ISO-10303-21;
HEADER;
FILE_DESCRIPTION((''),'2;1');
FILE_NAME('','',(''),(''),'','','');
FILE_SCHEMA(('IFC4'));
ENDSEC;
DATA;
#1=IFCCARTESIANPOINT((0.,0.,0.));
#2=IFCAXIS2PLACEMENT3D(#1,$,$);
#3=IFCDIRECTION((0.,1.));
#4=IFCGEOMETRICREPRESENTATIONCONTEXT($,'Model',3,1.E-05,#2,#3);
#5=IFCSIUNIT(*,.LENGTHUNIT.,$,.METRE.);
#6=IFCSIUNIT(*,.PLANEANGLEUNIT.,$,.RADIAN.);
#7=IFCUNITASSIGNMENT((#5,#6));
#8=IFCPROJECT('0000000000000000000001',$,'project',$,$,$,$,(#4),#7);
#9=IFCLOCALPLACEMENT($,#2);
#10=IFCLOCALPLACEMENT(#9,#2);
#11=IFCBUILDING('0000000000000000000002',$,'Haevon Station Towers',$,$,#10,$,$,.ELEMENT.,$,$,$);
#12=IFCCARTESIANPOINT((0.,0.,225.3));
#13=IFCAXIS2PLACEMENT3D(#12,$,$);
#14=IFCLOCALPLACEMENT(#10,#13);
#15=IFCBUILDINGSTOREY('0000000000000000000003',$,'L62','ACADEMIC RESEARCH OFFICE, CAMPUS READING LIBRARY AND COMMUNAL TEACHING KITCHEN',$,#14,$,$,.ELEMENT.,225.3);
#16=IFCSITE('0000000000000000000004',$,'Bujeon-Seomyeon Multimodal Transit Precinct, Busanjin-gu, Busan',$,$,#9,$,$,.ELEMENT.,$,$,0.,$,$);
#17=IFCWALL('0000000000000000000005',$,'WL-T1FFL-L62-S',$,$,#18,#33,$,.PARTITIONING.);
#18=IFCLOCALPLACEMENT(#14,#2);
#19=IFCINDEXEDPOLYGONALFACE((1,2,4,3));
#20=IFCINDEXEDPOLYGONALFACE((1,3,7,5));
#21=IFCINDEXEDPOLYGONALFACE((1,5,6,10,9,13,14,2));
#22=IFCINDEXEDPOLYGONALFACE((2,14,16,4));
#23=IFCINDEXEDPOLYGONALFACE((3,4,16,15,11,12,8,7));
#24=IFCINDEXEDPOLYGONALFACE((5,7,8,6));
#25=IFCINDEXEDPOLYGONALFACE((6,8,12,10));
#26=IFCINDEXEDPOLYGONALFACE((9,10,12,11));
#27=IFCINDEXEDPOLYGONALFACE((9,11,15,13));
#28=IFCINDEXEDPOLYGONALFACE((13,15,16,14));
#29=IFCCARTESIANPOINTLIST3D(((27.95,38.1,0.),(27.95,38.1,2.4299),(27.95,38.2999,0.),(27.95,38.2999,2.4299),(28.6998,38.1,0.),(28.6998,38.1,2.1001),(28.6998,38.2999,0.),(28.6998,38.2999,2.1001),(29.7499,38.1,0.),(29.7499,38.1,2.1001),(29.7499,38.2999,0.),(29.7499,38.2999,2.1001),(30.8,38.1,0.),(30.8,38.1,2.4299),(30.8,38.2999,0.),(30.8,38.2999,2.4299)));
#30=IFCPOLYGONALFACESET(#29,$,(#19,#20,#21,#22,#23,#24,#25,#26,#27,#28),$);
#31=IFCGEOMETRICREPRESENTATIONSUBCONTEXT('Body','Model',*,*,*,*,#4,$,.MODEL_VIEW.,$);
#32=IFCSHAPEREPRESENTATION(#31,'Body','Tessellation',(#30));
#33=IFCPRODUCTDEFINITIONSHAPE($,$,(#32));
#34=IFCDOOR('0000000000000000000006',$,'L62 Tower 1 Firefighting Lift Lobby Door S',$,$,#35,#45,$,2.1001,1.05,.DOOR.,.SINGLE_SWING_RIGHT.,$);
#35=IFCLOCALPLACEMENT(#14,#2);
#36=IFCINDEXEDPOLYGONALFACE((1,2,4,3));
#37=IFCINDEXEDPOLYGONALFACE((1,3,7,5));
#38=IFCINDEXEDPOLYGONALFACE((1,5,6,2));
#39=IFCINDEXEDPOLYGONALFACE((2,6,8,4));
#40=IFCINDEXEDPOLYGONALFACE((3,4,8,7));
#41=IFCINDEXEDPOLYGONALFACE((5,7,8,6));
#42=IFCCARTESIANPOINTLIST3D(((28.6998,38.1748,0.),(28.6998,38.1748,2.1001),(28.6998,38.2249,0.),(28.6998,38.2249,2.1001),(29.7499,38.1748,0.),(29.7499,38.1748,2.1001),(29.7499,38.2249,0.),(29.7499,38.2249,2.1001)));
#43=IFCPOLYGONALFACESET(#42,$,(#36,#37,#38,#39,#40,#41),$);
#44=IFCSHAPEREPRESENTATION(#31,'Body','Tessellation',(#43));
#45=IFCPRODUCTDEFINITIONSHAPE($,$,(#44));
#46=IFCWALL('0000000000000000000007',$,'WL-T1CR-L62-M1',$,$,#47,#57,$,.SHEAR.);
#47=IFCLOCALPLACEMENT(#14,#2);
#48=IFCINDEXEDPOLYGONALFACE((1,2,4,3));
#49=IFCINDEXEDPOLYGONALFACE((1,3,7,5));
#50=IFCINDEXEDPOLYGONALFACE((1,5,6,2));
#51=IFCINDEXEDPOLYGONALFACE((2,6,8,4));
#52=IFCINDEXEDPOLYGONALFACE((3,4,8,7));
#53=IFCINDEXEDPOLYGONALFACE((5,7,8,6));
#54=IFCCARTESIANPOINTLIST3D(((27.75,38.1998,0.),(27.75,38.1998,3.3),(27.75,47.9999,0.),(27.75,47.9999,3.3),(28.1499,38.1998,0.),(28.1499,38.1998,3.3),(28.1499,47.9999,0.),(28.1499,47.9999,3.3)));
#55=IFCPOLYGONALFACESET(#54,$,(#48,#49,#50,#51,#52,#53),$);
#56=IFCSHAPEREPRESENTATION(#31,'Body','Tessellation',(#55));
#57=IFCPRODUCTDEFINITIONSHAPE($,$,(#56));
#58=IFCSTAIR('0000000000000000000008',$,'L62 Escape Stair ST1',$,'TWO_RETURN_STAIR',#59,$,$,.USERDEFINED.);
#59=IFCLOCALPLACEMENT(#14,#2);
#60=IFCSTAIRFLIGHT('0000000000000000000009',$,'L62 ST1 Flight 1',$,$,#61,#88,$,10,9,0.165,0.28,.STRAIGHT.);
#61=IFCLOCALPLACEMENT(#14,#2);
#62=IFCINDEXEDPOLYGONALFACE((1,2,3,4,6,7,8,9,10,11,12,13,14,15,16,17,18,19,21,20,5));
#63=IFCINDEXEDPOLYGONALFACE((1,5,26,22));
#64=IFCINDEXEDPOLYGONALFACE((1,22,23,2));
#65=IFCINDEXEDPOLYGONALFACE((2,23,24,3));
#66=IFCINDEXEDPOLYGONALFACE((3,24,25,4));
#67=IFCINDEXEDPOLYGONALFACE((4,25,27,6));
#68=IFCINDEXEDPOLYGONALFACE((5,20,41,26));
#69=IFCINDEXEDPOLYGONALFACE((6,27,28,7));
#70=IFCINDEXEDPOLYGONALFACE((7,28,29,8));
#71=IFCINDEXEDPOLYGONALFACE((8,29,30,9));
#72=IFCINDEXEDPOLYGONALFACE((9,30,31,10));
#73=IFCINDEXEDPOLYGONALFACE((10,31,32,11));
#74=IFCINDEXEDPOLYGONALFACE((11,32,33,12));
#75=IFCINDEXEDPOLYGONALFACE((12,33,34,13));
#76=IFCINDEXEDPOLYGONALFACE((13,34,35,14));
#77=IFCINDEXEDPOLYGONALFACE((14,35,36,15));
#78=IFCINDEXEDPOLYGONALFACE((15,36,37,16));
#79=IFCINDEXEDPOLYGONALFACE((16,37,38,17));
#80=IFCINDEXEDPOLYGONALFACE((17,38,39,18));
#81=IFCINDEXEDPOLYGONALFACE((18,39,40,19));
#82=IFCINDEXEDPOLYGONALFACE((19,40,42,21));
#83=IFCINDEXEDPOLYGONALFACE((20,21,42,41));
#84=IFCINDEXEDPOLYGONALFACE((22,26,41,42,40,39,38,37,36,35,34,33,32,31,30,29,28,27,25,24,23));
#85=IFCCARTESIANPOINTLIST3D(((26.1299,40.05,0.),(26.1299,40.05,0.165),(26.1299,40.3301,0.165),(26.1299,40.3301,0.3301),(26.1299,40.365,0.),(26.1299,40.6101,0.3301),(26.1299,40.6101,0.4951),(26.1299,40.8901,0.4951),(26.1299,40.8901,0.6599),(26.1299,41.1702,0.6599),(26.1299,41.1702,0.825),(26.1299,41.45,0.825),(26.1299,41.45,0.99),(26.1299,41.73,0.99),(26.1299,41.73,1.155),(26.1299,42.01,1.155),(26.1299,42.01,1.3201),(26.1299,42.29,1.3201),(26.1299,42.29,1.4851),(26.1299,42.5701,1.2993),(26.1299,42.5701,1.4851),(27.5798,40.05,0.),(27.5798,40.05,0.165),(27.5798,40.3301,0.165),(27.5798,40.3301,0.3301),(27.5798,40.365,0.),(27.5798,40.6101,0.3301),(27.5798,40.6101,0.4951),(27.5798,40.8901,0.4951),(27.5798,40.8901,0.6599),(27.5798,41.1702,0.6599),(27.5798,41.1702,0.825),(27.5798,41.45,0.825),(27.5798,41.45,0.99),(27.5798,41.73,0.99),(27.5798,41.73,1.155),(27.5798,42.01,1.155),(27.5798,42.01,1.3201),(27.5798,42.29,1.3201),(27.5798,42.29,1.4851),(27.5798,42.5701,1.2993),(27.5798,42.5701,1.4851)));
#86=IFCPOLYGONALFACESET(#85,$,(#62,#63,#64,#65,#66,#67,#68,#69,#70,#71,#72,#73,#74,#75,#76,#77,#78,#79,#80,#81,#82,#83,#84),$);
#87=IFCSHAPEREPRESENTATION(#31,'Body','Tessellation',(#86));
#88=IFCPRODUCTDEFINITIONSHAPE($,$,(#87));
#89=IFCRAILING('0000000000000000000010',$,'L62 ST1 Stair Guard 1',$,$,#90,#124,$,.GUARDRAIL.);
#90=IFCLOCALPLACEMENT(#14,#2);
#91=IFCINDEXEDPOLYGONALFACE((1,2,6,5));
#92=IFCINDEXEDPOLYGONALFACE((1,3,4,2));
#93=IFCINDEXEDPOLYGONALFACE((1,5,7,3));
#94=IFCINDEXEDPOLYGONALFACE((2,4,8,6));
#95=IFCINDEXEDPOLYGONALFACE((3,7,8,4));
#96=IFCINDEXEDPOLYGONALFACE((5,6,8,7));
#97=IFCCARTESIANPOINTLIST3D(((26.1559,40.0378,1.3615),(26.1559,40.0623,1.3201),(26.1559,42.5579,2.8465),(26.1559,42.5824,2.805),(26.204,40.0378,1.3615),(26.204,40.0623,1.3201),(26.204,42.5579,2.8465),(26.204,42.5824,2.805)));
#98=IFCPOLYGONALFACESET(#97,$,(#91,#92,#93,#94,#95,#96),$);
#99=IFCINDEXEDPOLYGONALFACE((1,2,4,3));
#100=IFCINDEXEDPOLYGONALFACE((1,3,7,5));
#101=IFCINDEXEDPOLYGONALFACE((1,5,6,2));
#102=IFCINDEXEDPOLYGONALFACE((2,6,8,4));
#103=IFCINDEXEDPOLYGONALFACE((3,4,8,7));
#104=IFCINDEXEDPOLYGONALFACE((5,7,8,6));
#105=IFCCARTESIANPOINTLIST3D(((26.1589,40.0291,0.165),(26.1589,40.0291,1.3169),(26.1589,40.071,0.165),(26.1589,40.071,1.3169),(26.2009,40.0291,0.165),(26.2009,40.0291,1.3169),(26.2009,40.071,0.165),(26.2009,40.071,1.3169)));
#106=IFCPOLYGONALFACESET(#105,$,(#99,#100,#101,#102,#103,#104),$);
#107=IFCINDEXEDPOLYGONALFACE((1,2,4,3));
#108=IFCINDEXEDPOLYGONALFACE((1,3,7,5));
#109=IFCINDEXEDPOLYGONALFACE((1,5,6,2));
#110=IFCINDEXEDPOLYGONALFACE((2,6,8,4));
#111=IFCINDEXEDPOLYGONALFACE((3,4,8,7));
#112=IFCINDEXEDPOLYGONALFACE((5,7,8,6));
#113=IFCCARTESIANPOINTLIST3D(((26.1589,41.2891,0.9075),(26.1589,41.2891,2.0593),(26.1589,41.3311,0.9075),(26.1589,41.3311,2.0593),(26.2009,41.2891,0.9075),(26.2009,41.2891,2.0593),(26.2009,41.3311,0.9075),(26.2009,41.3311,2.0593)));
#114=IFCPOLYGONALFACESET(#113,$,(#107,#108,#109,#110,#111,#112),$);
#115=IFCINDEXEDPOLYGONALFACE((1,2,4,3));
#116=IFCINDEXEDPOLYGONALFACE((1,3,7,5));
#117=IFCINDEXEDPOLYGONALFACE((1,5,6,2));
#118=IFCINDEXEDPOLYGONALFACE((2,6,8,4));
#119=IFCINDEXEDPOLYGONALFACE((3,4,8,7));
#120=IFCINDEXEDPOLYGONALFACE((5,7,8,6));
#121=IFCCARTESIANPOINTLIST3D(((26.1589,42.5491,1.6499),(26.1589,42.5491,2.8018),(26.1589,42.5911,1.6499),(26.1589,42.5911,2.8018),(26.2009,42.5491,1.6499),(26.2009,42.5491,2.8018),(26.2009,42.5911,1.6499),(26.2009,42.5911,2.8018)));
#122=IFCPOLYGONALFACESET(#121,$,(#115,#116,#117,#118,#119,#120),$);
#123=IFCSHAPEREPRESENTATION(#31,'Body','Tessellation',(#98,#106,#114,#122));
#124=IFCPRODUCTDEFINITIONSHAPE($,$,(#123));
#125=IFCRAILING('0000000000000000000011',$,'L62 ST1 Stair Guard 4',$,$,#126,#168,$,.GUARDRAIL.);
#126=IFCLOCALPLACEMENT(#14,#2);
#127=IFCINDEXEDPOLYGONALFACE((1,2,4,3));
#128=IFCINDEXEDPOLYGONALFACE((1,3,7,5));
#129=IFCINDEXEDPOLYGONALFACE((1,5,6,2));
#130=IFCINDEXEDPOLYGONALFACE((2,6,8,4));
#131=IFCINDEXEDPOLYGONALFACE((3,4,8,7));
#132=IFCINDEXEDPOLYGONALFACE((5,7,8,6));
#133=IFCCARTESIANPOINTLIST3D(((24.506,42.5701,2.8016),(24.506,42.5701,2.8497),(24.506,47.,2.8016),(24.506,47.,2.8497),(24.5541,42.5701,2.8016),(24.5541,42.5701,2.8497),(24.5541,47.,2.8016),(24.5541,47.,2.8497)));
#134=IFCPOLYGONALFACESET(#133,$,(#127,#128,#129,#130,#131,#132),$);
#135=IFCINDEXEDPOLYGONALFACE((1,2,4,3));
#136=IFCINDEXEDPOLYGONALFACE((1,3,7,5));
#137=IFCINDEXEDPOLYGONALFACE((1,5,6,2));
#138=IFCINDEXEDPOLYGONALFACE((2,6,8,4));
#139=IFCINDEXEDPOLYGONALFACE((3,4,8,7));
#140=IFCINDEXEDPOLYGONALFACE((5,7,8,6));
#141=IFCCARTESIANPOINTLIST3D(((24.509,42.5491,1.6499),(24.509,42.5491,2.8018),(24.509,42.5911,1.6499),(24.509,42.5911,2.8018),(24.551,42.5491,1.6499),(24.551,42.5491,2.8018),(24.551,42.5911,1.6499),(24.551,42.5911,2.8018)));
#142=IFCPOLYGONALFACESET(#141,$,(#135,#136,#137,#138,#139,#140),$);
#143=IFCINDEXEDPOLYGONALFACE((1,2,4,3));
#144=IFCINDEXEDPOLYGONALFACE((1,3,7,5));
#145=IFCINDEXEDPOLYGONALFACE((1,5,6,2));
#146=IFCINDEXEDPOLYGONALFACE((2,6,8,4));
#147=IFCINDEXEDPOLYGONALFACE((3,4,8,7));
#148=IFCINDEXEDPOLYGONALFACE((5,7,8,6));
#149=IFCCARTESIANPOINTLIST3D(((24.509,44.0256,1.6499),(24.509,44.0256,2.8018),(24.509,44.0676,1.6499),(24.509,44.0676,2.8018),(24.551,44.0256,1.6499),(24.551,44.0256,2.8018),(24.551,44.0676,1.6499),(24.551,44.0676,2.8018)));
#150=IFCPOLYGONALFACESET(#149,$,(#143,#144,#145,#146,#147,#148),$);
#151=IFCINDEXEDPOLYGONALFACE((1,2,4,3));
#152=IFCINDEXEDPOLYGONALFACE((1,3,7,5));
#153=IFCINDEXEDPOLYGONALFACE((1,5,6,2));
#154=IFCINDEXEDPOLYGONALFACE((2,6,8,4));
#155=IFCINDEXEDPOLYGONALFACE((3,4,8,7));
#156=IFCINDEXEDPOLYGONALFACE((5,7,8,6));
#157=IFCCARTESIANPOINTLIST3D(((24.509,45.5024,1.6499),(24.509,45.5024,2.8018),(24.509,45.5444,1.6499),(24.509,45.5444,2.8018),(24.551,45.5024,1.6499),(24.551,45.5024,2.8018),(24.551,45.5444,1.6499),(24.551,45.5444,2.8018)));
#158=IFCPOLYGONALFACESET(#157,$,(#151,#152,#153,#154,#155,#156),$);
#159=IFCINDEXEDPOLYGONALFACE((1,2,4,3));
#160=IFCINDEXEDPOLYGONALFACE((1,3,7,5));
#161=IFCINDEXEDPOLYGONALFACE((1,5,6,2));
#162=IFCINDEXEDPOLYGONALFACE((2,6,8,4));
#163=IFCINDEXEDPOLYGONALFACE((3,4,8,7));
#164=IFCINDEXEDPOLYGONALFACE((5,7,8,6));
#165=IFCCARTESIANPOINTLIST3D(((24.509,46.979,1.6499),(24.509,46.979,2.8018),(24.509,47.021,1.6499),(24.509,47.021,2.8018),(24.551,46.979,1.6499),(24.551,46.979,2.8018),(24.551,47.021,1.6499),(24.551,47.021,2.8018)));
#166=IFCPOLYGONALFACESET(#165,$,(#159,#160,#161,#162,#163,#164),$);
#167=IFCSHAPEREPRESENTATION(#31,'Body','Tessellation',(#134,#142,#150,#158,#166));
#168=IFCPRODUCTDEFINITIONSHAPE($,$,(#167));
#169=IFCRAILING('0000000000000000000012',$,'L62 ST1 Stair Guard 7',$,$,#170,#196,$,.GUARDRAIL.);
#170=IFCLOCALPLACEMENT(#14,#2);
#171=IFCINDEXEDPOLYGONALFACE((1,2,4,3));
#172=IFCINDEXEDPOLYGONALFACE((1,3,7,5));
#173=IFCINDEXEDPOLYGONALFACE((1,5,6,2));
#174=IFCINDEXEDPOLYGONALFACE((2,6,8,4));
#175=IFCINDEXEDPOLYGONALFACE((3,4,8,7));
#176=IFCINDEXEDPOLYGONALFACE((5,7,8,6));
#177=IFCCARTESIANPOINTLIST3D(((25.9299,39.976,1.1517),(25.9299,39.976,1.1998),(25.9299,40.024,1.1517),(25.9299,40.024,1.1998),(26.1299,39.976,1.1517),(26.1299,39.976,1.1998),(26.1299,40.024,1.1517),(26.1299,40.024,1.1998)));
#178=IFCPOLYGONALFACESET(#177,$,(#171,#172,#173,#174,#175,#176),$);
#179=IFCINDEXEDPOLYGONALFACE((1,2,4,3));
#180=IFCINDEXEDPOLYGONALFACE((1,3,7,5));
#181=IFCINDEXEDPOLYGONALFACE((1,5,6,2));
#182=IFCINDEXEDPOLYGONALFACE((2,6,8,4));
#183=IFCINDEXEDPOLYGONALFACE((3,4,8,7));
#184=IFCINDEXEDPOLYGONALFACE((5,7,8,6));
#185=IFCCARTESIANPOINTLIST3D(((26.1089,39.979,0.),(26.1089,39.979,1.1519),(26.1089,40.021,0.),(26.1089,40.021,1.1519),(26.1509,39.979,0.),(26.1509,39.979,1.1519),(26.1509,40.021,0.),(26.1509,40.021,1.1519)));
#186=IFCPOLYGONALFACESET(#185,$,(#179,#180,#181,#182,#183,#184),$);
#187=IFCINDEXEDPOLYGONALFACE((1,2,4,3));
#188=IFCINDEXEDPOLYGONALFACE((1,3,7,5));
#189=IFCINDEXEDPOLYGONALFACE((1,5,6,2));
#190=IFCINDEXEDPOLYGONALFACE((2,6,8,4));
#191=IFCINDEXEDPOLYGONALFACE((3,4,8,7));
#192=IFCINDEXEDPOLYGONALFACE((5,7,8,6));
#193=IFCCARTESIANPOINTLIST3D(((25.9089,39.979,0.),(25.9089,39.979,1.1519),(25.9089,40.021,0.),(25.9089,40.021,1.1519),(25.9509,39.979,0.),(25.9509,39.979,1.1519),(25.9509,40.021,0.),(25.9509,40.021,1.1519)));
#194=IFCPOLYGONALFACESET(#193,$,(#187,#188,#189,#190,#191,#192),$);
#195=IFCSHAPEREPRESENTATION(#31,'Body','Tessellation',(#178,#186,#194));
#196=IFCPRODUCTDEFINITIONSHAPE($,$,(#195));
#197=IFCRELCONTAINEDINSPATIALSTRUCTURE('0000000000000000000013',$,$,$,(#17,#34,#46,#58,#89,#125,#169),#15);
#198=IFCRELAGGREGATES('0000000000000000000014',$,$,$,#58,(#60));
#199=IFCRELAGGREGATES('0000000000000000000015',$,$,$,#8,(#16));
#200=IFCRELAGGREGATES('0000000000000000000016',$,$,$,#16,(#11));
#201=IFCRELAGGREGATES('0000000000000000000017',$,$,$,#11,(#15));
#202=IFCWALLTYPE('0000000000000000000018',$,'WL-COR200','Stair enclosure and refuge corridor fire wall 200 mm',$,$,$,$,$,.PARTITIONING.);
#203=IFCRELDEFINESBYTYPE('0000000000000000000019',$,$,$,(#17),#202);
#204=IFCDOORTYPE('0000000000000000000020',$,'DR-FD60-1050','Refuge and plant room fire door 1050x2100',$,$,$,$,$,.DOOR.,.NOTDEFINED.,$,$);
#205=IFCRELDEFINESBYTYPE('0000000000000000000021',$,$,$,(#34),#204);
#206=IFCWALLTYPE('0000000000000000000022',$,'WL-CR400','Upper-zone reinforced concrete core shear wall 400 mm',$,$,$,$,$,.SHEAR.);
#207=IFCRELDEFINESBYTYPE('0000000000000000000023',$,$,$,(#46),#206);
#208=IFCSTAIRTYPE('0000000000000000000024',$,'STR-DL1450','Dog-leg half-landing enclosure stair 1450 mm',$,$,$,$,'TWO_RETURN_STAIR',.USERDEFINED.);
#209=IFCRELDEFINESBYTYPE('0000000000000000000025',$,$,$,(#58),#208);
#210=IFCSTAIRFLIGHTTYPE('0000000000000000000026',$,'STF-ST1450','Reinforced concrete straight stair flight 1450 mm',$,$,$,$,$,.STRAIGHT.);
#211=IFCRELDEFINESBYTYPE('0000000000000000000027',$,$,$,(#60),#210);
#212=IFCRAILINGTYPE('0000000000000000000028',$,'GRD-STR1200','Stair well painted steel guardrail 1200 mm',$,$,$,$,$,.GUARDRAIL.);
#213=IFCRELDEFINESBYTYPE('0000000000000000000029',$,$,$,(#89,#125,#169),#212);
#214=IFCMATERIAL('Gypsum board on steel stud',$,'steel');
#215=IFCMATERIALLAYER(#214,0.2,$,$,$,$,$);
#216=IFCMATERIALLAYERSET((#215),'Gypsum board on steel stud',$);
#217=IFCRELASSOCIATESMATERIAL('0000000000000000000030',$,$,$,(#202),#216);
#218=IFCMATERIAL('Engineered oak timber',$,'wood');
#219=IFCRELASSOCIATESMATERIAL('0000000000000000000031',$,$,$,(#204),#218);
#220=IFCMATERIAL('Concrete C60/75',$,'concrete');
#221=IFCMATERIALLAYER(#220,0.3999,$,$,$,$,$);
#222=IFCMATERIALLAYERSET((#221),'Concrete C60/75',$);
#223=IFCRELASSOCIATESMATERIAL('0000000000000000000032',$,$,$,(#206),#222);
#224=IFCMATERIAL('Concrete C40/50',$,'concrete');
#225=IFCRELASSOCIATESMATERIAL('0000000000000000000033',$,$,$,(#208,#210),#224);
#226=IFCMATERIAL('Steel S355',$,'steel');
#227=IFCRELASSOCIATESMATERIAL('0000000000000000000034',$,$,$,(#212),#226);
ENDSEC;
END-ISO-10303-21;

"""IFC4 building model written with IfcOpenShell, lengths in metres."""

from ifc_helpers import new_model, si_unit, direction, frame, frame_2d, origin, origin_2d, place, context, subcontext, project, spatial, polyline, rectangle, outline, extrude, material, layer, layer_set, type_object, element, fill, aggregate, save


model = new_model("IFC4")

# Units and contexts
model_context = context("Model", 3, precision=1e-05, world=origin(), true_north=direction((0.0, 1.0)))
body_context = subcontext(model_context, "Body", "Model", "MODEL_VIEW")
ifc_project = project(units=[si_unit("LENGTHUNIT", "METRE"), si_unit("PLANEANGLEUNIT", "RADIAN")], contexts=[model_context])

# Site, building, storey
site_placement = place(None, origin())
site = spatial("IfcSite", under=ifc_project, at=site_placement, Name="Bujeon-Seomyeon Multimodal Transit Precinct, Busanjin-gu, Busan", CompositionType="ELEMENT", RefElevation=0.0)
building_placement = place(site_placement, origin())
building = spatial("IfcBuilding", under=site, at=building_placement, Name="Haevon Station Towers", CompositionType="ELEMENT")
storey_placement = place(building_placement, frame((0.0, 0.0, 225.3)))
storey = spatial("IfcBuildingStorey", under=building, at=storey_placement, Name="L62", Description="ACADEMIC RESEARCH OFFICE, CAMPUS READING LIBRARY AND COMMUNAL TEACHING KITCHEN", CompositionType="ELEMENT", Elevation=225.3)

# Wall, opening, door
ifc_material_1 = material(Name="Gypsum board on steel stud", Category="steel")
ifc_layer_1 = layer(ifc_material_1, 0.2)
ifc_layer_set_1 = layer_set([ifc_layer_1], Name="Gypsum board on steel stud")
wall_type_1 = type_object("IfcWallType", Name="WL-COR200", Description="Stair enclosure and refuge corridor fire wall 200 mm", PredefinedType="PARTITIONING", material=ifc_layer_set_1)
wall_1_placement = place(storey_placement, frame((27.95, 38.2, 0.0), z_axis=(0.0, 0.0, 1.0), x_axis=(1.0, 0.0, 0.0)))
wall_1 = element("IfcWall", 1, at=wall_1_placement, inside=storey, type_object=wall_type_1, Name="WL-T1FFL-L62-S", PredefinedType="PARTITIONING", context=body_context, shape_type="SweptSolid", body=[
    extrude(rectangle(XDim=2.8501, YDim=0.2, at=frame_2d((1.425, 0.0))), origin(), (0.0, 0.0, 1.0), 2.4299),
])
opening_placement = place(wall_1_placement, frame((0.75, 0.0, 0.0)))
opening = element("IfcOpeningElement", 2, at=opening_placement, cuts=wall_1, PredefinedType="OPENING", context=body_context, shape_type="SweptSolid", body=[
    extrude(rectangle(XDim=1.05, YDim=2.1001, at=frame_2d((0.5249, 1.05))), frame((0.0, 0.1099, 0.0), z_axis=(0.0, -1.0, 0.0), x_axis=(1.0, 0.0, 0.0)), (0.0, 0.0, 1.0), 0.22),
])
ifc_material_2 = material(Name="Engineered oak timber", Category="wood")
door_type = type_object("IfcDoorType", Name="DR-FD60-1050", Description="Refuge and plant room fire door 1050x2100", OperationType="NOTDEFINED", PredefinedType="DOOR", material=ifc_material_2)
door_placement = place(opening_placement, origin())
door = element("IfcDoor", 3, at=door_placement, inside=storey, type_object=door_type, Name="L62 Tower 1 Firefighting Lift Lobby Door S", OperationType="SINGLE_SWING_RIGHT", OverallHeight=2.1001, OverallWidth=1.05, PredefinedType="DOOR", context=body_context, shape_type="SweptSolid", body=[
    extrude(rectangle(XDim=1.05, YDim=2.1001, at=frame_2d((0.5249, 1.05))), frame((0.0, 0.0249, 0.0), z_axis=(0.0, -1.0, 0.0), x_axis=(1.0, 0.0, 0.0)), (0.0, 0.0, 1.0), 0.05),
])
fill(opening, door)

# Wall
ifc_material_3 = material(Name="Concrete C60/75", Category="concrete")
ifc_layer_2 = layer(ifc_material_3, 0.3999)
ifc_layer_set_2 = layer_set([ifc_layer_2], Name="Concrete C60/75")
wall_type_2 = type_object("IfcWallType", Name="WL-CR400", Description="Upper-zone reinforced concrete core shear wall 400 mm", PredefinedType="SHEAR", material=ifc_layer_set_2)
wall_2_placement = place(storey_placement, frame((27.95, 38.2, 0.0), z_axis=(0.0, 0.0, 1.0), x_axis=(0.0, 1.0, 0.0)))
element("IfcWall", 4, at=wall_2_placement, inside=storey, type_object=wall_type_2, Name="WL-T1CR-L62-M1", PredefinedType="SHEAR", context=body_context, shape_type="SweptSolid", body=[
    extrude(rectangle(XDim=9.8, YDim=0.3999, at=frame_2d((4.8999, 0.0))), origin(), (0.0, 0.0, 1.0), 3.3),
])

# Stair, stair flight
ifc_material_4 = material(Name="Concrete C40/50", Category="concrete")
stair_type = type_object("IfcStairType", Name="STR-DL1450", Description="Dog-leg half-landing enclosure stair 1450 mm", ElementType="TWO_RETURN_STAIR", PredefinedType="USERDEFINED", material=ifc_material_4)
stair_placement = place(storey_placement, origin())
stair = element("IfcStair", 5, at=stair_placement, inside=storey, type_object=stair_type, Name="L62 Escape Stair ST1", ObjectType="TWO_RETURN_STAIR", PredefinedType="USERDEFINED")
stair_flight_type = type_object("IfcStairFlightType", Name="STF-ST1450", Description="Reinforced concrete straight stair flight 1450 mm", PredefinedType="STRAIGHT", material=ifc_material_4)
stair_flight_placement = place(storey_placement, frame((26.855, 40.05, 0.0), z_axis=(0.0, 0.0, 1.0), x_axis=(0.0, 1.0, 0.0)))
stair_flight = element("IfcStairFlight", 6, at=stair_flight_placement, type_object=stair_flight_type, Name="L62 ST1 Flight 1", NumberOfRisers=10, NumberOfTreads=9, PredefinedType="STRAIGHT", RiserHeight=0.165, TreadLength=0.28, context=body_context, shape_type="SweptSolid", body=[
    extrude(outline(polyline([(0.0, 0.0), (0.0, 0.165), (0.28, 0.165), (0.28, 0.3301), (0.5601, 0.3301), (0.5601, 0.4951), (0.8401, 0.4951), (0.8401, 0.6599), (1.1201, 0.6599), (1.1201, 0.825), (1.3999, 0.825), (1.3999, 0.99), (1.6799, 0.99), (1.6799, 1.155), (1.96, 1.155), (1.96, 1.3201), (2.24, 1.3201), (2.24, 1.4851), (2.52, 1.4851), (2.52, 1.6499), (2.52, 1.2993), (0.3149, 0.0), (0.0, 0.0)])), frame((0.0, 0.7251, 0.0), z_axis=(0.0, -1.0, 0.0), x_axis=(1.0, 0.0, 0.0)), (0.0, 0.0, 1.0), 1.45),
])
aggregate(stair, [stair_flight])

# Railings
ifc_material_5 = material(Name="Steel S355", Category="steel")
railing_type_1 = type_object("IfcRailingType", Name="GRD-STR1200", Description="Stair well painted steel guardrail 1200 mm", PredefinedType="GUARDRAIL", material=ifc_material_5)
railing_1_placement = place(storey_placement, frame((26.1799, 40.05, 0.165)))
element("IfcRailing", 7, at=railing_1_placement, inside=storey, type_object=railing_type_1, Name="L62 ST1 Stair Guard 1", PredefinedType="GUARDRAIL", context=body_context, shape_type="SweptSolid", body=[
    extrude(rectangle(XDim=0.0481, YDim=0.0481, at=origin_2d()), frame((0.0, 0.0, 1.1758), z_axis=(0.0, 0.861561, 0.507655), x_axis=(-1.0, 0.0, 0.0)), (0.0, 0.0, 1.0), 2.925),
    extrude(rectangle(XDim=0.042, YDim=0.042, at=origin_2d()), origin(), (0.0, 0.0, 1.0), 1.1519),
    extrude(rectangle(XDim=0.042, YDim=0.042, at=origin_2d()), frame((0.0, 1.26, 0.7424)), (0.0, 0.0, 1.0), 1.1519),
    extrude(rectangle(XDim=0.042, YDim=0.042, at=origin_2d()), frame((0.0, 2.52, 1.4849)), (0.0, 0.0, 1.0), 1.1519),
])
railing_2_placement = place(storey_placement, frame((24.53, 42.5701, 1.6499)))
element("IfcRailing", 8, at=railing_2_placement, inside=storey, type_object=railing_type_1, Name="L62 ST1 Stair Guard 4", PredefinedType="GUARDRAIL", context=body_context, shape_type="SweptSolid", body=[
    extrude(rectangle(XDim=0.0481, YDim=0.0481, at=origin_2d()), frame((0.0, 0.0, 1.1758), z_axis=(0.0, 1.0, 0.0), x_axis=(-1.0, 0.0, 0.0)), (0.0, 0.0, 1.0), 4.4299),
    extrude(rectangle(XDim=0.042, YDim=0.042, at=origin_2d()), origin(), (0.0, 0.0, 1.0), 1.1519),
    extrude(rectangle(XDim=0.042, YDim=0.042, at=origin_2d()), frame((0.0, 1.4766, 0.0)), (0.0, 0.0, 1.0), 1.1519),
    extrude(rectangle(XDim=0.042, YDim=0.042, at=origin_2d()), frame((0.0, 2.9534, 0.0)), (0.0, 0.0, 1.0), 1.1519),
    extrude(rectangle(XDim=0.042, YDim=0.042, at=origin_2d()), frame((0.0, 4.4299, 0.0)), (0.0, 0.0, 1.0), 1.1519),
])
railing_3_placement = place(storey_placement, frame((26.1299, 40.0, 0.0)))
element("IfcRailing", 9, at=railing_3_placement, inside=storey, type_object=railing_type_1, Name="L62 ST1 Stair Guard 7", PredefinedType="GUARDRAIL", context=body_context, shape_type="SweptSolid", body=[
    extrude(rectangle(XDim=0.0481, YDim=0.0481, at=origin_2d()), frame((0.0, 0.0, 1.1758), z_axis=(-1.0, 0.0, 0.0), x_axis=(0.0, -1.0, 0.0)), (0.0, 0.0, 1.0), 0.2),
    extrude(rectangle(XDim=0.042, YDim=0.042, at=origin_2d()), origin(), (0.0, 0.0, 1.0), 1.1519),
    extrude(rectangle(XDim=0.042, YDim=0.042, at=origin_2d()), frame((-0.2, 0.0, 0.0)), (0.0, 0.0, 1.0), 1.1519),
])

save(model, "model.ifc")
